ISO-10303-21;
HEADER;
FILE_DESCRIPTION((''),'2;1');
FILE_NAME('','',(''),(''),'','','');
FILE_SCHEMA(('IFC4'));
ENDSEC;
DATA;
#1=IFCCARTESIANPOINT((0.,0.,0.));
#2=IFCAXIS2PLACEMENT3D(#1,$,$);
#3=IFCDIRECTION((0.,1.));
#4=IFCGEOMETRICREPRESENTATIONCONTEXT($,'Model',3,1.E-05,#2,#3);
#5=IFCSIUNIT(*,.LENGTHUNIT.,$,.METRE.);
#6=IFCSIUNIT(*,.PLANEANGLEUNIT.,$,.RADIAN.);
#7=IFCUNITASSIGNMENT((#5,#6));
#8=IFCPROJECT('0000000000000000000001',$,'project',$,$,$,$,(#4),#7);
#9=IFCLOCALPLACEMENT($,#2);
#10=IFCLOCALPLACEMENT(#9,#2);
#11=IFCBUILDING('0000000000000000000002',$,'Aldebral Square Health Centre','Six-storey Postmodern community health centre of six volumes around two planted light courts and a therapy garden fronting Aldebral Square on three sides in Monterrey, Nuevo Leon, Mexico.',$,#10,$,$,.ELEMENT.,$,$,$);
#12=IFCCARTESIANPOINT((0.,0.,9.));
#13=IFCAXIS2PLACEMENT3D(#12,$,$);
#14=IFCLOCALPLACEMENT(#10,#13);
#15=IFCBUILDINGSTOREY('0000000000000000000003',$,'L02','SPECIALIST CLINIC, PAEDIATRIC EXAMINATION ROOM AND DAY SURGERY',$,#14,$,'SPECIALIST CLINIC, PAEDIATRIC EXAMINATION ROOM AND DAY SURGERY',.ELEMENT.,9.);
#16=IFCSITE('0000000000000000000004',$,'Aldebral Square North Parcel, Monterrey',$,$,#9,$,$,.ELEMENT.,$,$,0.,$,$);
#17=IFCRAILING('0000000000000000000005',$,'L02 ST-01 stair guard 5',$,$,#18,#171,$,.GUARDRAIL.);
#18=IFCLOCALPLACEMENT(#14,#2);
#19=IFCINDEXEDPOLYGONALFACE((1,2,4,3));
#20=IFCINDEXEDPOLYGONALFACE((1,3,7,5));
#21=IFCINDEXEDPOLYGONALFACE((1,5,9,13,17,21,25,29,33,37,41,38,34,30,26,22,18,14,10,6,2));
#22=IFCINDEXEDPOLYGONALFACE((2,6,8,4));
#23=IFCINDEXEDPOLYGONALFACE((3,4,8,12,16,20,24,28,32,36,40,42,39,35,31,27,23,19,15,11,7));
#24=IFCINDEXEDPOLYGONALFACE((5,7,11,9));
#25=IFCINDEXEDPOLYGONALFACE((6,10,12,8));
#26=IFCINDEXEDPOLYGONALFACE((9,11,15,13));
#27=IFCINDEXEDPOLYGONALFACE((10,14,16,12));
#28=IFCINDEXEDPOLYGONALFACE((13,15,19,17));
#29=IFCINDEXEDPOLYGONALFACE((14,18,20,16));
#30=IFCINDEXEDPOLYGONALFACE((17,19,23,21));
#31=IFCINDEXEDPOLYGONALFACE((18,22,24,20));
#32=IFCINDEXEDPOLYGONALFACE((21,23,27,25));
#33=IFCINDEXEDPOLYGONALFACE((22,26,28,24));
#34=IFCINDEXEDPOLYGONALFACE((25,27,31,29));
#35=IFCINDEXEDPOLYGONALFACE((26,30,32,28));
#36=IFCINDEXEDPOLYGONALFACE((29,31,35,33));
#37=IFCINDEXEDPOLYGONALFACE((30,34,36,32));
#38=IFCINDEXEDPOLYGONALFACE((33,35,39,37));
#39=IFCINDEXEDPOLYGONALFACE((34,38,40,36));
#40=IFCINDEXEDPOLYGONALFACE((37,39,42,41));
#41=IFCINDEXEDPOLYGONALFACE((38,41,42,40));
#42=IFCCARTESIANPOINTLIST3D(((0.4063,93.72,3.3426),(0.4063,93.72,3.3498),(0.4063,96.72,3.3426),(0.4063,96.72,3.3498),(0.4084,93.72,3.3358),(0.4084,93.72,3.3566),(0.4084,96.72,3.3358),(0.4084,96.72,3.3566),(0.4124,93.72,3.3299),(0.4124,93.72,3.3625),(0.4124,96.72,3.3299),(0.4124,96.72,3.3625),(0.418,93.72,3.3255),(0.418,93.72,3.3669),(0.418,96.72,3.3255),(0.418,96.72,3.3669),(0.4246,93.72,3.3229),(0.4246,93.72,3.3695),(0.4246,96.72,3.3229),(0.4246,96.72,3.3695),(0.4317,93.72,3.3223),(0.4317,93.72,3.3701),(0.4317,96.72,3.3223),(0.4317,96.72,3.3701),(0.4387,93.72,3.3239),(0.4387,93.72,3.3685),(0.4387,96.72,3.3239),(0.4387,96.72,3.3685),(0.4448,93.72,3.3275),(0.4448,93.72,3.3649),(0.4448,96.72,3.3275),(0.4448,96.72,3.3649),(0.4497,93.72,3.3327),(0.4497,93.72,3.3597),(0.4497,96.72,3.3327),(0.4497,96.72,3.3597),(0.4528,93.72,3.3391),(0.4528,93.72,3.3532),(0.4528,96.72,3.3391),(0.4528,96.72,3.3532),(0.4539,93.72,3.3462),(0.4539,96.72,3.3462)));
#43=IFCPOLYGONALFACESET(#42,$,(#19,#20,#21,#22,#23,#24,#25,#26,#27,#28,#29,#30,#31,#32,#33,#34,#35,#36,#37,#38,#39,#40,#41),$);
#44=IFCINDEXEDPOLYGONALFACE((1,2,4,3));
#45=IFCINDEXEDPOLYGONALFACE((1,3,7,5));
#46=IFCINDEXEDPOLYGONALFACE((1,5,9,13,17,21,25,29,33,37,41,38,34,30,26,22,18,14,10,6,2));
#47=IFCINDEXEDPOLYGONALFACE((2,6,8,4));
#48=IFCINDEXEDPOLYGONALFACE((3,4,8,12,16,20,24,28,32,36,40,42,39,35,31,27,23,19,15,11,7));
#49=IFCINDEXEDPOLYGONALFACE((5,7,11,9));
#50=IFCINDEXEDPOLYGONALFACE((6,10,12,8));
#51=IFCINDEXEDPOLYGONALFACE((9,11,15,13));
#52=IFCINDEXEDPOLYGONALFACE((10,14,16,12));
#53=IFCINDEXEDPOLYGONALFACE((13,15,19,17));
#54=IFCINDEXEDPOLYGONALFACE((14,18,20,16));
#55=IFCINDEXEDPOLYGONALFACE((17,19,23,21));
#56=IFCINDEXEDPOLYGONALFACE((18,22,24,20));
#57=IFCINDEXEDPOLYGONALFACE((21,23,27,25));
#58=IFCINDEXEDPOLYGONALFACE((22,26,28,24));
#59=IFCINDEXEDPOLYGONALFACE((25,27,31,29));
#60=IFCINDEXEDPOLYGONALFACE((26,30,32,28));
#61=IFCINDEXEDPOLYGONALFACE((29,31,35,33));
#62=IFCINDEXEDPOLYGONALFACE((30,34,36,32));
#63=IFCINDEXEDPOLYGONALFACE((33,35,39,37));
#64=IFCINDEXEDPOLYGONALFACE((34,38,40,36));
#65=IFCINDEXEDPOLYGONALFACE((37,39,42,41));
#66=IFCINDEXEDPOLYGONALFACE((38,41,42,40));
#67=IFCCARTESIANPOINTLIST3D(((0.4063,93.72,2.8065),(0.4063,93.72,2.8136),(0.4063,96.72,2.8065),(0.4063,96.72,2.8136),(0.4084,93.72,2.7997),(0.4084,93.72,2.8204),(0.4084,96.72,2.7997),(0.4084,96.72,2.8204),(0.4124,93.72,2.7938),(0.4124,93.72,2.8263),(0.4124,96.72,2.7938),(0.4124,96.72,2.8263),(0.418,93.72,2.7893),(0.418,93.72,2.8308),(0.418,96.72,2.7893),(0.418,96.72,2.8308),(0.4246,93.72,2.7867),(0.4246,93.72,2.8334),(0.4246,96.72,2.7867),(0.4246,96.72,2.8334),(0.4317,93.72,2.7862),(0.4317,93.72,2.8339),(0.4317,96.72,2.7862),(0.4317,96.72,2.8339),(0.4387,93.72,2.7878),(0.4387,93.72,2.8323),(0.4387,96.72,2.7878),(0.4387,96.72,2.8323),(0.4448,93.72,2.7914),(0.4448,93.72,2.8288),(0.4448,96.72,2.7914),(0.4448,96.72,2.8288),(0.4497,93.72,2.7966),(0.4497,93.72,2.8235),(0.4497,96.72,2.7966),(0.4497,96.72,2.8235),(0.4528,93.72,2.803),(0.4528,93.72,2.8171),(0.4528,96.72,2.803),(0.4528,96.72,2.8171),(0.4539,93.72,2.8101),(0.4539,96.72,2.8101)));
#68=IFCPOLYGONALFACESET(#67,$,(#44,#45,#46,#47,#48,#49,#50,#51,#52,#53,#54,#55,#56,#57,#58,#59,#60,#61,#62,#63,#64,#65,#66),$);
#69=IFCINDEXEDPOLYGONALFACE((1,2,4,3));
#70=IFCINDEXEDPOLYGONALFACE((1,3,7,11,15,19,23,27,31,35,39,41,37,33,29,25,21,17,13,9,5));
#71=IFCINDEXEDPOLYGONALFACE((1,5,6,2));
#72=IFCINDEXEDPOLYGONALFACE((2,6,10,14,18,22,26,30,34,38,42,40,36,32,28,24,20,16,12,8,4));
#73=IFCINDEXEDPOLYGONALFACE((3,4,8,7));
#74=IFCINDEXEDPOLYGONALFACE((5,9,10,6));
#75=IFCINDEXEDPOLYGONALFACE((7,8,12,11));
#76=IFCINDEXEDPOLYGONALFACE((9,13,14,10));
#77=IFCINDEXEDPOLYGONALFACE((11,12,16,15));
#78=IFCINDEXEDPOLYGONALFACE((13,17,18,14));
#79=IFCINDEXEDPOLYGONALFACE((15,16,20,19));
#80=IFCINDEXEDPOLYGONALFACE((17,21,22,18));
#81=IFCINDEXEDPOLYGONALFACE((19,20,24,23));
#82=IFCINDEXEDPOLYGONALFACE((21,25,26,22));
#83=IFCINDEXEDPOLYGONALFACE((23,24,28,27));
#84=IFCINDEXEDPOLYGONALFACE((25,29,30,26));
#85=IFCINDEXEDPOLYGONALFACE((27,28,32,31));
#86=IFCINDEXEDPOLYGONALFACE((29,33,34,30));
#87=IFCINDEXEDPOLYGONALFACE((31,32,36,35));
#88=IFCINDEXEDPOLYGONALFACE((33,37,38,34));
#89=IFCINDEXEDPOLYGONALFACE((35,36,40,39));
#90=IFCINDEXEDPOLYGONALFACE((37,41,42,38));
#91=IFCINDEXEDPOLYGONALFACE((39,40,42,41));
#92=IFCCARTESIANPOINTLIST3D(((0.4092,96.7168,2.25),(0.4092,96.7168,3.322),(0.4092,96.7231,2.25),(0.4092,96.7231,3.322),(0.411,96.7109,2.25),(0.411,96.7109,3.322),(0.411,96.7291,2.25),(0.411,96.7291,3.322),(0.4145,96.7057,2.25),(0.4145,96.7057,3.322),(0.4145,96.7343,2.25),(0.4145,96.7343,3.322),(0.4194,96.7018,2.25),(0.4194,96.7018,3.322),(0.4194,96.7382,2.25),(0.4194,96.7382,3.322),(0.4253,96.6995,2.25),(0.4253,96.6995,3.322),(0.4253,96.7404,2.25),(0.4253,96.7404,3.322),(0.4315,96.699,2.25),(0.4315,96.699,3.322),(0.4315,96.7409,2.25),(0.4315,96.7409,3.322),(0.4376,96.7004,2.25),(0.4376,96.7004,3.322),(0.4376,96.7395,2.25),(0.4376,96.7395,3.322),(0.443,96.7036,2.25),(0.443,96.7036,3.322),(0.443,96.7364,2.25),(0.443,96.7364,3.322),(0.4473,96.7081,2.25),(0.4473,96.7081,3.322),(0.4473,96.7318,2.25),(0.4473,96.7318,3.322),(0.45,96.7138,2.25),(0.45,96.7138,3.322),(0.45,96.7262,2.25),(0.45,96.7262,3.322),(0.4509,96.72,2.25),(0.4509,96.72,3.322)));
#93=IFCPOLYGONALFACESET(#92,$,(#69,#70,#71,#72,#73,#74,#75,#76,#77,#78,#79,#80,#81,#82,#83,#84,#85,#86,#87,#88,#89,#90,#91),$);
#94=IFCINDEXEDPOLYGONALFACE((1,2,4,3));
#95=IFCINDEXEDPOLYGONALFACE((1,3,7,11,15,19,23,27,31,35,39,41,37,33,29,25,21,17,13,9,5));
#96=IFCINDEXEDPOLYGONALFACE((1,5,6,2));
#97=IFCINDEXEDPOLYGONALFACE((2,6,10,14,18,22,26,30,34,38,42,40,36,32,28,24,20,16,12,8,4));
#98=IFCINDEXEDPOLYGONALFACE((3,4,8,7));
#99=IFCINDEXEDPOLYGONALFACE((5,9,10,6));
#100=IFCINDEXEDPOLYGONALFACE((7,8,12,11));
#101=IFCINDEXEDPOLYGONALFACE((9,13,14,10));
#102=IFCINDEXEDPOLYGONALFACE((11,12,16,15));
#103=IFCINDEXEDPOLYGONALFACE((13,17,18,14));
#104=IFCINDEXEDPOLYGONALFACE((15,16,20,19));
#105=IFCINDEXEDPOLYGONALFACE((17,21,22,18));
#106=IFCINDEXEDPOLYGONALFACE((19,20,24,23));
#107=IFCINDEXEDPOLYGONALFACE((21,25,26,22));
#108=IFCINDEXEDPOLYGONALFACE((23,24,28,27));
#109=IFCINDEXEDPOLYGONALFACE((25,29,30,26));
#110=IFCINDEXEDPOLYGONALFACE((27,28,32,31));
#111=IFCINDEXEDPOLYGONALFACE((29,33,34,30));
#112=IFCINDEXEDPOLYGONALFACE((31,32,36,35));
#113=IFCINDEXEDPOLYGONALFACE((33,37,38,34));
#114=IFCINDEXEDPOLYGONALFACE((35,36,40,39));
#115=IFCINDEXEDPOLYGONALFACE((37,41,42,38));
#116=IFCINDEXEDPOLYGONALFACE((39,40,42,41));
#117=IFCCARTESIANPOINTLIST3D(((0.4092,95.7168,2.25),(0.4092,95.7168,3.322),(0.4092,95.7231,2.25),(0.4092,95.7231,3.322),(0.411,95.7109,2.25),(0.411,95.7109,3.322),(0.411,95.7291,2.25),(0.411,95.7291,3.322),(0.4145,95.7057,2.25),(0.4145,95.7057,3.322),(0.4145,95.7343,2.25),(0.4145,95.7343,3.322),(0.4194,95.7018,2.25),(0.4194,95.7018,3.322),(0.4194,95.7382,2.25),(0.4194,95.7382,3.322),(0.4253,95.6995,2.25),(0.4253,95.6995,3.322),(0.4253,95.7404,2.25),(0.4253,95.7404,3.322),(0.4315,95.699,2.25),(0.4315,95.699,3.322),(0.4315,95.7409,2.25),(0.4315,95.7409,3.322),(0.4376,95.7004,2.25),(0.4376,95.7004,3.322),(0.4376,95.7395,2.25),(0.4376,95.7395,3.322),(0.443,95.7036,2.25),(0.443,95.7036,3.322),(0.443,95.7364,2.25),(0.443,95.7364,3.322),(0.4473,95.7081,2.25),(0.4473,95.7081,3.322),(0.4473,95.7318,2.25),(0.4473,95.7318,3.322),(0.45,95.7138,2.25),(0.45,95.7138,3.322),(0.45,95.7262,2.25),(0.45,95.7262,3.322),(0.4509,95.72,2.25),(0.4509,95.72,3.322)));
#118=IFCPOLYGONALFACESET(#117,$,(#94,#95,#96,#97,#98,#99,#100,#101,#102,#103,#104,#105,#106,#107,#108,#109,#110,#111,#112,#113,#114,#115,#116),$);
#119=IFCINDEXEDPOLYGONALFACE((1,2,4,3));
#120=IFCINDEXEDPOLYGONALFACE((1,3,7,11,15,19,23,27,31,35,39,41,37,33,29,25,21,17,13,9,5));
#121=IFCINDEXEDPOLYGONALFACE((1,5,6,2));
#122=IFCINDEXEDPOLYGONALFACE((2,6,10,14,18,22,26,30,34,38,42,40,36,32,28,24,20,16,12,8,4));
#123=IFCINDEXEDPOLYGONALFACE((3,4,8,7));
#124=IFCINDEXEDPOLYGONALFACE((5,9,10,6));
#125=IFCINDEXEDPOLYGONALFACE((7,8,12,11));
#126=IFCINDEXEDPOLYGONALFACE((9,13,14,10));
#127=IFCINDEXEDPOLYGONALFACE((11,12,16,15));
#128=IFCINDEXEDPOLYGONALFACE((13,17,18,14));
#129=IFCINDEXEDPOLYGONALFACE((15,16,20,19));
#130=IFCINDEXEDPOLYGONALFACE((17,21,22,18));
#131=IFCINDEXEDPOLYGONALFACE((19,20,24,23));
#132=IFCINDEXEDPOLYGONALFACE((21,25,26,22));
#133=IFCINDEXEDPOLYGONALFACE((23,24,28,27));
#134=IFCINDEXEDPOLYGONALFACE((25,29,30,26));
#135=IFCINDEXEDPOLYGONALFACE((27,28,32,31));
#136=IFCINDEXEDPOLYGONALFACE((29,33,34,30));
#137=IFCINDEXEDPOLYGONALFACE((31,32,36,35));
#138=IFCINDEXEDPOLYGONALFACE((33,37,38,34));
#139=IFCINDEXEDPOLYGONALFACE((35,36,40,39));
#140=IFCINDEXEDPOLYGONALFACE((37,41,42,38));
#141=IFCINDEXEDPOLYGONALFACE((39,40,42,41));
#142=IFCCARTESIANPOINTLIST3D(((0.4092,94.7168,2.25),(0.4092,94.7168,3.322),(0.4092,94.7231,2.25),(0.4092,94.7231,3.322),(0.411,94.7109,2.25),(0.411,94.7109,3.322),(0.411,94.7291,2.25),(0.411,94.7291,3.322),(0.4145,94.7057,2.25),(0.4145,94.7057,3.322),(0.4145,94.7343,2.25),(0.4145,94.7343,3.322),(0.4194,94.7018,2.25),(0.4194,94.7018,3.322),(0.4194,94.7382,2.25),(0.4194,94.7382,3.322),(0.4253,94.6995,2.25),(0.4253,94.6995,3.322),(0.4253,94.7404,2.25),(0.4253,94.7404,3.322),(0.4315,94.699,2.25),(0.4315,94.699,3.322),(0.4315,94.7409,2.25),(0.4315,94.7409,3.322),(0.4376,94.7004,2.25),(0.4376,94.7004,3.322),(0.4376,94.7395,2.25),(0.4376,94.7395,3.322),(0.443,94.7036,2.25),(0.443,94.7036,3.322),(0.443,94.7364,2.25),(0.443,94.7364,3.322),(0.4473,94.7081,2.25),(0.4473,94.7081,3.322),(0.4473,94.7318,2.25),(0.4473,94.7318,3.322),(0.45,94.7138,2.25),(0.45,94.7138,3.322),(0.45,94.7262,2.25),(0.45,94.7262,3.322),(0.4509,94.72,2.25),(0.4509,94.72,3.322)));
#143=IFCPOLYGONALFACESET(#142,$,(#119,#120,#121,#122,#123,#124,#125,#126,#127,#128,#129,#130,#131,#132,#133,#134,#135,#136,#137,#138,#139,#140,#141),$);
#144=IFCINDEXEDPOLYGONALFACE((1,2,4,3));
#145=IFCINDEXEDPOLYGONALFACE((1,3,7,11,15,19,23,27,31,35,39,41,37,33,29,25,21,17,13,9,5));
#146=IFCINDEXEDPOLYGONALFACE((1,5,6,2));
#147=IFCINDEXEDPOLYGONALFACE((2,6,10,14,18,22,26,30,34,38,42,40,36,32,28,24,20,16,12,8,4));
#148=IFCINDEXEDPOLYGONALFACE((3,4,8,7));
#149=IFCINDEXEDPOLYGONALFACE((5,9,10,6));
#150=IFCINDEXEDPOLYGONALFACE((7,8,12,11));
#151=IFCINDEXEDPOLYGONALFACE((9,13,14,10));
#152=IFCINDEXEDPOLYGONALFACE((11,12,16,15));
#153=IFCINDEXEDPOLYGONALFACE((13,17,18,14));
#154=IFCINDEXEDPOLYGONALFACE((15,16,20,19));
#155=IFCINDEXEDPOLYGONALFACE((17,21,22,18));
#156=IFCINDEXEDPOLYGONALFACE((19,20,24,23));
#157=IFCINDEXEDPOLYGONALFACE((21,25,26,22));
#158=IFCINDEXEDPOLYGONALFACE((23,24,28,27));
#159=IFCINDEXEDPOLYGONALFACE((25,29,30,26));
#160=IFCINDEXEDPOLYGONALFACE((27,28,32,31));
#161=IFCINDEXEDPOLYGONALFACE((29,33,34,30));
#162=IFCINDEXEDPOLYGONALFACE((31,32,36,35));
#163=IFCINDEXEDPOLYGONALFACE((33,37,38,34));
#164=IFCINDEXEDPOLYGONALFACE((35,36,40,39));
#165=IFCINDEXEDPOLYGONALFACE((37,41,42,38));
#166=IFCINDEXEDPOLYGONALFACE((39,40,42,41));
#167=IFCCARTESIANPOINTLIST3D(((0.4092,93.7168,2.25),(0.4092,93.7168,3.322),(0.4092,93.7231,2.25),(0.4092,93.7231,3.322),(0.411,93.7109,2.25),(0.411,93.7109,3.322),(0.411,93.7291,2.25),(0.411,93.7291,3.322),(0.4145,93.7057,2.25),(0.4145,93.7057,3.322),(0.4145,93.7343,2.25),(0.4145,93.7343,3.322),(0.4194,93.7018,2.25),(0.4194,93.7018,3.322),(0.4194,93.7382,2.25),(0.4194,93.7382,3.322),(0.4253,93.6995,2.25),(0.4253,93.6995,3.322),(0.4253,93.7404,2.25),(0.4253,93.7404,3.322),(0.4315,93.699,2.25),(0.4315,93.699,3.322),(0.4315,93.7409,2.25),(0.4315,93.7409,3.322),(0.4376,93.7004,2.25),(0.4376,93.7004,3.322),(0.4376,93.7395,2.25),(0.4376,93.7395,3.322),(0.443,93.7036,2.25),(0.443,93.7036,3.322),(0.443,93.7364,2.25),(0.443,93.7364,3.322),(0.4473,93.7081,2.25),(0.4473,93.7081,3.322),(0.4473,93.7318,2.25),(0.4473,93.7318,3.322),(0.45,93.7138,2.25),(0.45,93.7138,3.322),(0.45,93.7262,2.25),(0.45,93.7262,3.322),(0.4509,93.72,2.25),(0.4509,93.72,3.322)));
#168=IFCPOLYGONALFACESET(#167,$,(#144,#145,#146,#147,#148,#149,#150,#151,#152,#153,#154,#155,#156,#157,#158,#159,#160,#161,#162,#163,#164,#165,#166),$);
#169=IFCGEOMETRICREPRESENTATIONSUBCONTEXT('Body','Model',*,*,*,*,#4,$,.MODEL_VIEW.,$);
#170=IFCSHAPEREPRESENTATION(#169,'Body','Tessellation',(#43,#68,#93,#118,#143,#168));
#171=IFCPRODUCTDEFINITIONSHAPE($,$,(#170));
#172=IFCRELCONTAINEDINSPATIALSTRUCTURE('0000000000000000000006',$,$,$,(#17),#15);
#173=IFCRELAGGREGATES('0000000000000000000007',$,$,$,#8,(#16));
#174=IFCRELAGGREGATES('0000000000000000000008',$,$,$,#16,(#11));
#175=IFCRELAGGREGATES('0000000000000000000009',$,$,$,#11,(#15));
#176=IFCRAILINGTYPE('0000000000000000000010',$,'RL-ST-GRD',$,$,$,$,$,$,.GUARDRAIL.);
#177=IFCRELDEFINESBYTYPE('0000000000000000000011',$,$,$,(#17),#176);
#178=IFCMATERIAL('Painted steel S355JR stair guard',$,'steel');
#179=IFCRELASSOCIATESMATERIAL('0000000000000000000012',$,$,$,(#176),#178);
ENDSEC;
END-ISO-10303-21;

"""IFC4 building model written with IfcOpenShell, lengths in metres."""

from ifc_helpers import new_model, si_unit, direction, frame, origin, origin_2d, place, context, subcontext, project, spatial, circle, extrude, material, type_object, element, save


model = new_model("IFC4")

# Units and contexts
model_context = context("Model", 3, precision=1e-05, world=origin(), true_north=direction((0.0, 1.0)))
body_context = subcontext(model_context, "Body", "Model", "MODEL_VIEW")
ifc_project = project(units=[si_unit("LENGTHUNIT", "METRE"), si_unit("PLANEANGLEUNIT", "RADIAN")], contexts=[model_context])

# Site, building, storey
site_placement = place(None, origin())
site = spatial("IfcSite", under=ifc_project, at=site_placement, Name="Aldebral Square North Parcel, Monterrey", CompositionType="ELEMENT", RefElevation=0.0)
building_placement = place(site_placement, origin())
building = spatial("IfcBuilding", under=site, at=building_placement, Name="Aldebral Square Health Centre", Description="Six-storey Postmodern community health centre of six volumes around two planted light courts and a therapy garden fronting Aldebral Square on three sides in Monterrey, Nuevo Leon, Mexico.", CompositionType="ELEMENT")
storey_placement = place(building_placement, frame((0.0, 0.0, 9.0)))
storey = spatial("IfcBuildingStorey", under=building, at=storey_placement, Name="L02", Description="SPECIALIST CLINIC, PAEDIATRIC EXAMINATION ROOM AND DAY SURGERY", LongName="SPECIALIST CLINIC, PAEDIATRIC EXAMINATION ROOM AND DAY SURGERY", CompositionType="ELEMENT", Elevation=9.0)

# Railing
ifc_material_1 = material(Name="Painted steel S355JR stair guard", Category="steel")
railing_type = type_object("IfcRailingType", Name="RL-ST-GRD", PredefinedType="GUARDRAIL", material=ifc_material_1)
railing_1_placement = place(storey_placement, frame((0.4299, 96.72, 2.25)))
element("IfcRailing", 1, at=railing_1_placement, inside=storey, type_object=railing_type, Name="L02 ST-01 stair guard 5", PredefinedType="GUARDRAIL", context=body_context, shape_type="SweptSolid", body=[
    extrude(circle(Radius=0.0239, at=origin_2d()), frame((0.0, 0.0, 1.0962), z_axis=(0.0, -1.0, 0.0), x_axis=(1.0, 0.0, 0.0)), (0.0, 0.0, 1.0), 3.0),
    extrude(circle(Radius=0.0239, at=origin_2d()), frame((0.0, 0.0, 0.5601), z_axis=(0.0, -1.0, 0.0), x_axis=(1.0, 0.0, 0.0)), (0.0, 0.0, 1.0), 3.0),
    extrude(circle(Radius=0.021, at=origin_2d()), origin(), (0.0, 0.0, 1.0), 1.072),
    extrude(circle(Radius=0.021, at=origin_2d()), frame((0.0, -1.0, 0.0)), (0.0, 0.0, 1.0), 1.072),
    extrude(circle(Radius=0.021, at=origin_2d()), frame((0.0, -2.0, 0.0)), (0.0, 0.0, 1.0), 1.072),
    extrude(circle(Radius=0.021, at=origin_2d()), frame((0.0, -3.0, 0.0)), (0.0, 0.0, 1.0), 1.072),
])

save(model, "model.ifc")
